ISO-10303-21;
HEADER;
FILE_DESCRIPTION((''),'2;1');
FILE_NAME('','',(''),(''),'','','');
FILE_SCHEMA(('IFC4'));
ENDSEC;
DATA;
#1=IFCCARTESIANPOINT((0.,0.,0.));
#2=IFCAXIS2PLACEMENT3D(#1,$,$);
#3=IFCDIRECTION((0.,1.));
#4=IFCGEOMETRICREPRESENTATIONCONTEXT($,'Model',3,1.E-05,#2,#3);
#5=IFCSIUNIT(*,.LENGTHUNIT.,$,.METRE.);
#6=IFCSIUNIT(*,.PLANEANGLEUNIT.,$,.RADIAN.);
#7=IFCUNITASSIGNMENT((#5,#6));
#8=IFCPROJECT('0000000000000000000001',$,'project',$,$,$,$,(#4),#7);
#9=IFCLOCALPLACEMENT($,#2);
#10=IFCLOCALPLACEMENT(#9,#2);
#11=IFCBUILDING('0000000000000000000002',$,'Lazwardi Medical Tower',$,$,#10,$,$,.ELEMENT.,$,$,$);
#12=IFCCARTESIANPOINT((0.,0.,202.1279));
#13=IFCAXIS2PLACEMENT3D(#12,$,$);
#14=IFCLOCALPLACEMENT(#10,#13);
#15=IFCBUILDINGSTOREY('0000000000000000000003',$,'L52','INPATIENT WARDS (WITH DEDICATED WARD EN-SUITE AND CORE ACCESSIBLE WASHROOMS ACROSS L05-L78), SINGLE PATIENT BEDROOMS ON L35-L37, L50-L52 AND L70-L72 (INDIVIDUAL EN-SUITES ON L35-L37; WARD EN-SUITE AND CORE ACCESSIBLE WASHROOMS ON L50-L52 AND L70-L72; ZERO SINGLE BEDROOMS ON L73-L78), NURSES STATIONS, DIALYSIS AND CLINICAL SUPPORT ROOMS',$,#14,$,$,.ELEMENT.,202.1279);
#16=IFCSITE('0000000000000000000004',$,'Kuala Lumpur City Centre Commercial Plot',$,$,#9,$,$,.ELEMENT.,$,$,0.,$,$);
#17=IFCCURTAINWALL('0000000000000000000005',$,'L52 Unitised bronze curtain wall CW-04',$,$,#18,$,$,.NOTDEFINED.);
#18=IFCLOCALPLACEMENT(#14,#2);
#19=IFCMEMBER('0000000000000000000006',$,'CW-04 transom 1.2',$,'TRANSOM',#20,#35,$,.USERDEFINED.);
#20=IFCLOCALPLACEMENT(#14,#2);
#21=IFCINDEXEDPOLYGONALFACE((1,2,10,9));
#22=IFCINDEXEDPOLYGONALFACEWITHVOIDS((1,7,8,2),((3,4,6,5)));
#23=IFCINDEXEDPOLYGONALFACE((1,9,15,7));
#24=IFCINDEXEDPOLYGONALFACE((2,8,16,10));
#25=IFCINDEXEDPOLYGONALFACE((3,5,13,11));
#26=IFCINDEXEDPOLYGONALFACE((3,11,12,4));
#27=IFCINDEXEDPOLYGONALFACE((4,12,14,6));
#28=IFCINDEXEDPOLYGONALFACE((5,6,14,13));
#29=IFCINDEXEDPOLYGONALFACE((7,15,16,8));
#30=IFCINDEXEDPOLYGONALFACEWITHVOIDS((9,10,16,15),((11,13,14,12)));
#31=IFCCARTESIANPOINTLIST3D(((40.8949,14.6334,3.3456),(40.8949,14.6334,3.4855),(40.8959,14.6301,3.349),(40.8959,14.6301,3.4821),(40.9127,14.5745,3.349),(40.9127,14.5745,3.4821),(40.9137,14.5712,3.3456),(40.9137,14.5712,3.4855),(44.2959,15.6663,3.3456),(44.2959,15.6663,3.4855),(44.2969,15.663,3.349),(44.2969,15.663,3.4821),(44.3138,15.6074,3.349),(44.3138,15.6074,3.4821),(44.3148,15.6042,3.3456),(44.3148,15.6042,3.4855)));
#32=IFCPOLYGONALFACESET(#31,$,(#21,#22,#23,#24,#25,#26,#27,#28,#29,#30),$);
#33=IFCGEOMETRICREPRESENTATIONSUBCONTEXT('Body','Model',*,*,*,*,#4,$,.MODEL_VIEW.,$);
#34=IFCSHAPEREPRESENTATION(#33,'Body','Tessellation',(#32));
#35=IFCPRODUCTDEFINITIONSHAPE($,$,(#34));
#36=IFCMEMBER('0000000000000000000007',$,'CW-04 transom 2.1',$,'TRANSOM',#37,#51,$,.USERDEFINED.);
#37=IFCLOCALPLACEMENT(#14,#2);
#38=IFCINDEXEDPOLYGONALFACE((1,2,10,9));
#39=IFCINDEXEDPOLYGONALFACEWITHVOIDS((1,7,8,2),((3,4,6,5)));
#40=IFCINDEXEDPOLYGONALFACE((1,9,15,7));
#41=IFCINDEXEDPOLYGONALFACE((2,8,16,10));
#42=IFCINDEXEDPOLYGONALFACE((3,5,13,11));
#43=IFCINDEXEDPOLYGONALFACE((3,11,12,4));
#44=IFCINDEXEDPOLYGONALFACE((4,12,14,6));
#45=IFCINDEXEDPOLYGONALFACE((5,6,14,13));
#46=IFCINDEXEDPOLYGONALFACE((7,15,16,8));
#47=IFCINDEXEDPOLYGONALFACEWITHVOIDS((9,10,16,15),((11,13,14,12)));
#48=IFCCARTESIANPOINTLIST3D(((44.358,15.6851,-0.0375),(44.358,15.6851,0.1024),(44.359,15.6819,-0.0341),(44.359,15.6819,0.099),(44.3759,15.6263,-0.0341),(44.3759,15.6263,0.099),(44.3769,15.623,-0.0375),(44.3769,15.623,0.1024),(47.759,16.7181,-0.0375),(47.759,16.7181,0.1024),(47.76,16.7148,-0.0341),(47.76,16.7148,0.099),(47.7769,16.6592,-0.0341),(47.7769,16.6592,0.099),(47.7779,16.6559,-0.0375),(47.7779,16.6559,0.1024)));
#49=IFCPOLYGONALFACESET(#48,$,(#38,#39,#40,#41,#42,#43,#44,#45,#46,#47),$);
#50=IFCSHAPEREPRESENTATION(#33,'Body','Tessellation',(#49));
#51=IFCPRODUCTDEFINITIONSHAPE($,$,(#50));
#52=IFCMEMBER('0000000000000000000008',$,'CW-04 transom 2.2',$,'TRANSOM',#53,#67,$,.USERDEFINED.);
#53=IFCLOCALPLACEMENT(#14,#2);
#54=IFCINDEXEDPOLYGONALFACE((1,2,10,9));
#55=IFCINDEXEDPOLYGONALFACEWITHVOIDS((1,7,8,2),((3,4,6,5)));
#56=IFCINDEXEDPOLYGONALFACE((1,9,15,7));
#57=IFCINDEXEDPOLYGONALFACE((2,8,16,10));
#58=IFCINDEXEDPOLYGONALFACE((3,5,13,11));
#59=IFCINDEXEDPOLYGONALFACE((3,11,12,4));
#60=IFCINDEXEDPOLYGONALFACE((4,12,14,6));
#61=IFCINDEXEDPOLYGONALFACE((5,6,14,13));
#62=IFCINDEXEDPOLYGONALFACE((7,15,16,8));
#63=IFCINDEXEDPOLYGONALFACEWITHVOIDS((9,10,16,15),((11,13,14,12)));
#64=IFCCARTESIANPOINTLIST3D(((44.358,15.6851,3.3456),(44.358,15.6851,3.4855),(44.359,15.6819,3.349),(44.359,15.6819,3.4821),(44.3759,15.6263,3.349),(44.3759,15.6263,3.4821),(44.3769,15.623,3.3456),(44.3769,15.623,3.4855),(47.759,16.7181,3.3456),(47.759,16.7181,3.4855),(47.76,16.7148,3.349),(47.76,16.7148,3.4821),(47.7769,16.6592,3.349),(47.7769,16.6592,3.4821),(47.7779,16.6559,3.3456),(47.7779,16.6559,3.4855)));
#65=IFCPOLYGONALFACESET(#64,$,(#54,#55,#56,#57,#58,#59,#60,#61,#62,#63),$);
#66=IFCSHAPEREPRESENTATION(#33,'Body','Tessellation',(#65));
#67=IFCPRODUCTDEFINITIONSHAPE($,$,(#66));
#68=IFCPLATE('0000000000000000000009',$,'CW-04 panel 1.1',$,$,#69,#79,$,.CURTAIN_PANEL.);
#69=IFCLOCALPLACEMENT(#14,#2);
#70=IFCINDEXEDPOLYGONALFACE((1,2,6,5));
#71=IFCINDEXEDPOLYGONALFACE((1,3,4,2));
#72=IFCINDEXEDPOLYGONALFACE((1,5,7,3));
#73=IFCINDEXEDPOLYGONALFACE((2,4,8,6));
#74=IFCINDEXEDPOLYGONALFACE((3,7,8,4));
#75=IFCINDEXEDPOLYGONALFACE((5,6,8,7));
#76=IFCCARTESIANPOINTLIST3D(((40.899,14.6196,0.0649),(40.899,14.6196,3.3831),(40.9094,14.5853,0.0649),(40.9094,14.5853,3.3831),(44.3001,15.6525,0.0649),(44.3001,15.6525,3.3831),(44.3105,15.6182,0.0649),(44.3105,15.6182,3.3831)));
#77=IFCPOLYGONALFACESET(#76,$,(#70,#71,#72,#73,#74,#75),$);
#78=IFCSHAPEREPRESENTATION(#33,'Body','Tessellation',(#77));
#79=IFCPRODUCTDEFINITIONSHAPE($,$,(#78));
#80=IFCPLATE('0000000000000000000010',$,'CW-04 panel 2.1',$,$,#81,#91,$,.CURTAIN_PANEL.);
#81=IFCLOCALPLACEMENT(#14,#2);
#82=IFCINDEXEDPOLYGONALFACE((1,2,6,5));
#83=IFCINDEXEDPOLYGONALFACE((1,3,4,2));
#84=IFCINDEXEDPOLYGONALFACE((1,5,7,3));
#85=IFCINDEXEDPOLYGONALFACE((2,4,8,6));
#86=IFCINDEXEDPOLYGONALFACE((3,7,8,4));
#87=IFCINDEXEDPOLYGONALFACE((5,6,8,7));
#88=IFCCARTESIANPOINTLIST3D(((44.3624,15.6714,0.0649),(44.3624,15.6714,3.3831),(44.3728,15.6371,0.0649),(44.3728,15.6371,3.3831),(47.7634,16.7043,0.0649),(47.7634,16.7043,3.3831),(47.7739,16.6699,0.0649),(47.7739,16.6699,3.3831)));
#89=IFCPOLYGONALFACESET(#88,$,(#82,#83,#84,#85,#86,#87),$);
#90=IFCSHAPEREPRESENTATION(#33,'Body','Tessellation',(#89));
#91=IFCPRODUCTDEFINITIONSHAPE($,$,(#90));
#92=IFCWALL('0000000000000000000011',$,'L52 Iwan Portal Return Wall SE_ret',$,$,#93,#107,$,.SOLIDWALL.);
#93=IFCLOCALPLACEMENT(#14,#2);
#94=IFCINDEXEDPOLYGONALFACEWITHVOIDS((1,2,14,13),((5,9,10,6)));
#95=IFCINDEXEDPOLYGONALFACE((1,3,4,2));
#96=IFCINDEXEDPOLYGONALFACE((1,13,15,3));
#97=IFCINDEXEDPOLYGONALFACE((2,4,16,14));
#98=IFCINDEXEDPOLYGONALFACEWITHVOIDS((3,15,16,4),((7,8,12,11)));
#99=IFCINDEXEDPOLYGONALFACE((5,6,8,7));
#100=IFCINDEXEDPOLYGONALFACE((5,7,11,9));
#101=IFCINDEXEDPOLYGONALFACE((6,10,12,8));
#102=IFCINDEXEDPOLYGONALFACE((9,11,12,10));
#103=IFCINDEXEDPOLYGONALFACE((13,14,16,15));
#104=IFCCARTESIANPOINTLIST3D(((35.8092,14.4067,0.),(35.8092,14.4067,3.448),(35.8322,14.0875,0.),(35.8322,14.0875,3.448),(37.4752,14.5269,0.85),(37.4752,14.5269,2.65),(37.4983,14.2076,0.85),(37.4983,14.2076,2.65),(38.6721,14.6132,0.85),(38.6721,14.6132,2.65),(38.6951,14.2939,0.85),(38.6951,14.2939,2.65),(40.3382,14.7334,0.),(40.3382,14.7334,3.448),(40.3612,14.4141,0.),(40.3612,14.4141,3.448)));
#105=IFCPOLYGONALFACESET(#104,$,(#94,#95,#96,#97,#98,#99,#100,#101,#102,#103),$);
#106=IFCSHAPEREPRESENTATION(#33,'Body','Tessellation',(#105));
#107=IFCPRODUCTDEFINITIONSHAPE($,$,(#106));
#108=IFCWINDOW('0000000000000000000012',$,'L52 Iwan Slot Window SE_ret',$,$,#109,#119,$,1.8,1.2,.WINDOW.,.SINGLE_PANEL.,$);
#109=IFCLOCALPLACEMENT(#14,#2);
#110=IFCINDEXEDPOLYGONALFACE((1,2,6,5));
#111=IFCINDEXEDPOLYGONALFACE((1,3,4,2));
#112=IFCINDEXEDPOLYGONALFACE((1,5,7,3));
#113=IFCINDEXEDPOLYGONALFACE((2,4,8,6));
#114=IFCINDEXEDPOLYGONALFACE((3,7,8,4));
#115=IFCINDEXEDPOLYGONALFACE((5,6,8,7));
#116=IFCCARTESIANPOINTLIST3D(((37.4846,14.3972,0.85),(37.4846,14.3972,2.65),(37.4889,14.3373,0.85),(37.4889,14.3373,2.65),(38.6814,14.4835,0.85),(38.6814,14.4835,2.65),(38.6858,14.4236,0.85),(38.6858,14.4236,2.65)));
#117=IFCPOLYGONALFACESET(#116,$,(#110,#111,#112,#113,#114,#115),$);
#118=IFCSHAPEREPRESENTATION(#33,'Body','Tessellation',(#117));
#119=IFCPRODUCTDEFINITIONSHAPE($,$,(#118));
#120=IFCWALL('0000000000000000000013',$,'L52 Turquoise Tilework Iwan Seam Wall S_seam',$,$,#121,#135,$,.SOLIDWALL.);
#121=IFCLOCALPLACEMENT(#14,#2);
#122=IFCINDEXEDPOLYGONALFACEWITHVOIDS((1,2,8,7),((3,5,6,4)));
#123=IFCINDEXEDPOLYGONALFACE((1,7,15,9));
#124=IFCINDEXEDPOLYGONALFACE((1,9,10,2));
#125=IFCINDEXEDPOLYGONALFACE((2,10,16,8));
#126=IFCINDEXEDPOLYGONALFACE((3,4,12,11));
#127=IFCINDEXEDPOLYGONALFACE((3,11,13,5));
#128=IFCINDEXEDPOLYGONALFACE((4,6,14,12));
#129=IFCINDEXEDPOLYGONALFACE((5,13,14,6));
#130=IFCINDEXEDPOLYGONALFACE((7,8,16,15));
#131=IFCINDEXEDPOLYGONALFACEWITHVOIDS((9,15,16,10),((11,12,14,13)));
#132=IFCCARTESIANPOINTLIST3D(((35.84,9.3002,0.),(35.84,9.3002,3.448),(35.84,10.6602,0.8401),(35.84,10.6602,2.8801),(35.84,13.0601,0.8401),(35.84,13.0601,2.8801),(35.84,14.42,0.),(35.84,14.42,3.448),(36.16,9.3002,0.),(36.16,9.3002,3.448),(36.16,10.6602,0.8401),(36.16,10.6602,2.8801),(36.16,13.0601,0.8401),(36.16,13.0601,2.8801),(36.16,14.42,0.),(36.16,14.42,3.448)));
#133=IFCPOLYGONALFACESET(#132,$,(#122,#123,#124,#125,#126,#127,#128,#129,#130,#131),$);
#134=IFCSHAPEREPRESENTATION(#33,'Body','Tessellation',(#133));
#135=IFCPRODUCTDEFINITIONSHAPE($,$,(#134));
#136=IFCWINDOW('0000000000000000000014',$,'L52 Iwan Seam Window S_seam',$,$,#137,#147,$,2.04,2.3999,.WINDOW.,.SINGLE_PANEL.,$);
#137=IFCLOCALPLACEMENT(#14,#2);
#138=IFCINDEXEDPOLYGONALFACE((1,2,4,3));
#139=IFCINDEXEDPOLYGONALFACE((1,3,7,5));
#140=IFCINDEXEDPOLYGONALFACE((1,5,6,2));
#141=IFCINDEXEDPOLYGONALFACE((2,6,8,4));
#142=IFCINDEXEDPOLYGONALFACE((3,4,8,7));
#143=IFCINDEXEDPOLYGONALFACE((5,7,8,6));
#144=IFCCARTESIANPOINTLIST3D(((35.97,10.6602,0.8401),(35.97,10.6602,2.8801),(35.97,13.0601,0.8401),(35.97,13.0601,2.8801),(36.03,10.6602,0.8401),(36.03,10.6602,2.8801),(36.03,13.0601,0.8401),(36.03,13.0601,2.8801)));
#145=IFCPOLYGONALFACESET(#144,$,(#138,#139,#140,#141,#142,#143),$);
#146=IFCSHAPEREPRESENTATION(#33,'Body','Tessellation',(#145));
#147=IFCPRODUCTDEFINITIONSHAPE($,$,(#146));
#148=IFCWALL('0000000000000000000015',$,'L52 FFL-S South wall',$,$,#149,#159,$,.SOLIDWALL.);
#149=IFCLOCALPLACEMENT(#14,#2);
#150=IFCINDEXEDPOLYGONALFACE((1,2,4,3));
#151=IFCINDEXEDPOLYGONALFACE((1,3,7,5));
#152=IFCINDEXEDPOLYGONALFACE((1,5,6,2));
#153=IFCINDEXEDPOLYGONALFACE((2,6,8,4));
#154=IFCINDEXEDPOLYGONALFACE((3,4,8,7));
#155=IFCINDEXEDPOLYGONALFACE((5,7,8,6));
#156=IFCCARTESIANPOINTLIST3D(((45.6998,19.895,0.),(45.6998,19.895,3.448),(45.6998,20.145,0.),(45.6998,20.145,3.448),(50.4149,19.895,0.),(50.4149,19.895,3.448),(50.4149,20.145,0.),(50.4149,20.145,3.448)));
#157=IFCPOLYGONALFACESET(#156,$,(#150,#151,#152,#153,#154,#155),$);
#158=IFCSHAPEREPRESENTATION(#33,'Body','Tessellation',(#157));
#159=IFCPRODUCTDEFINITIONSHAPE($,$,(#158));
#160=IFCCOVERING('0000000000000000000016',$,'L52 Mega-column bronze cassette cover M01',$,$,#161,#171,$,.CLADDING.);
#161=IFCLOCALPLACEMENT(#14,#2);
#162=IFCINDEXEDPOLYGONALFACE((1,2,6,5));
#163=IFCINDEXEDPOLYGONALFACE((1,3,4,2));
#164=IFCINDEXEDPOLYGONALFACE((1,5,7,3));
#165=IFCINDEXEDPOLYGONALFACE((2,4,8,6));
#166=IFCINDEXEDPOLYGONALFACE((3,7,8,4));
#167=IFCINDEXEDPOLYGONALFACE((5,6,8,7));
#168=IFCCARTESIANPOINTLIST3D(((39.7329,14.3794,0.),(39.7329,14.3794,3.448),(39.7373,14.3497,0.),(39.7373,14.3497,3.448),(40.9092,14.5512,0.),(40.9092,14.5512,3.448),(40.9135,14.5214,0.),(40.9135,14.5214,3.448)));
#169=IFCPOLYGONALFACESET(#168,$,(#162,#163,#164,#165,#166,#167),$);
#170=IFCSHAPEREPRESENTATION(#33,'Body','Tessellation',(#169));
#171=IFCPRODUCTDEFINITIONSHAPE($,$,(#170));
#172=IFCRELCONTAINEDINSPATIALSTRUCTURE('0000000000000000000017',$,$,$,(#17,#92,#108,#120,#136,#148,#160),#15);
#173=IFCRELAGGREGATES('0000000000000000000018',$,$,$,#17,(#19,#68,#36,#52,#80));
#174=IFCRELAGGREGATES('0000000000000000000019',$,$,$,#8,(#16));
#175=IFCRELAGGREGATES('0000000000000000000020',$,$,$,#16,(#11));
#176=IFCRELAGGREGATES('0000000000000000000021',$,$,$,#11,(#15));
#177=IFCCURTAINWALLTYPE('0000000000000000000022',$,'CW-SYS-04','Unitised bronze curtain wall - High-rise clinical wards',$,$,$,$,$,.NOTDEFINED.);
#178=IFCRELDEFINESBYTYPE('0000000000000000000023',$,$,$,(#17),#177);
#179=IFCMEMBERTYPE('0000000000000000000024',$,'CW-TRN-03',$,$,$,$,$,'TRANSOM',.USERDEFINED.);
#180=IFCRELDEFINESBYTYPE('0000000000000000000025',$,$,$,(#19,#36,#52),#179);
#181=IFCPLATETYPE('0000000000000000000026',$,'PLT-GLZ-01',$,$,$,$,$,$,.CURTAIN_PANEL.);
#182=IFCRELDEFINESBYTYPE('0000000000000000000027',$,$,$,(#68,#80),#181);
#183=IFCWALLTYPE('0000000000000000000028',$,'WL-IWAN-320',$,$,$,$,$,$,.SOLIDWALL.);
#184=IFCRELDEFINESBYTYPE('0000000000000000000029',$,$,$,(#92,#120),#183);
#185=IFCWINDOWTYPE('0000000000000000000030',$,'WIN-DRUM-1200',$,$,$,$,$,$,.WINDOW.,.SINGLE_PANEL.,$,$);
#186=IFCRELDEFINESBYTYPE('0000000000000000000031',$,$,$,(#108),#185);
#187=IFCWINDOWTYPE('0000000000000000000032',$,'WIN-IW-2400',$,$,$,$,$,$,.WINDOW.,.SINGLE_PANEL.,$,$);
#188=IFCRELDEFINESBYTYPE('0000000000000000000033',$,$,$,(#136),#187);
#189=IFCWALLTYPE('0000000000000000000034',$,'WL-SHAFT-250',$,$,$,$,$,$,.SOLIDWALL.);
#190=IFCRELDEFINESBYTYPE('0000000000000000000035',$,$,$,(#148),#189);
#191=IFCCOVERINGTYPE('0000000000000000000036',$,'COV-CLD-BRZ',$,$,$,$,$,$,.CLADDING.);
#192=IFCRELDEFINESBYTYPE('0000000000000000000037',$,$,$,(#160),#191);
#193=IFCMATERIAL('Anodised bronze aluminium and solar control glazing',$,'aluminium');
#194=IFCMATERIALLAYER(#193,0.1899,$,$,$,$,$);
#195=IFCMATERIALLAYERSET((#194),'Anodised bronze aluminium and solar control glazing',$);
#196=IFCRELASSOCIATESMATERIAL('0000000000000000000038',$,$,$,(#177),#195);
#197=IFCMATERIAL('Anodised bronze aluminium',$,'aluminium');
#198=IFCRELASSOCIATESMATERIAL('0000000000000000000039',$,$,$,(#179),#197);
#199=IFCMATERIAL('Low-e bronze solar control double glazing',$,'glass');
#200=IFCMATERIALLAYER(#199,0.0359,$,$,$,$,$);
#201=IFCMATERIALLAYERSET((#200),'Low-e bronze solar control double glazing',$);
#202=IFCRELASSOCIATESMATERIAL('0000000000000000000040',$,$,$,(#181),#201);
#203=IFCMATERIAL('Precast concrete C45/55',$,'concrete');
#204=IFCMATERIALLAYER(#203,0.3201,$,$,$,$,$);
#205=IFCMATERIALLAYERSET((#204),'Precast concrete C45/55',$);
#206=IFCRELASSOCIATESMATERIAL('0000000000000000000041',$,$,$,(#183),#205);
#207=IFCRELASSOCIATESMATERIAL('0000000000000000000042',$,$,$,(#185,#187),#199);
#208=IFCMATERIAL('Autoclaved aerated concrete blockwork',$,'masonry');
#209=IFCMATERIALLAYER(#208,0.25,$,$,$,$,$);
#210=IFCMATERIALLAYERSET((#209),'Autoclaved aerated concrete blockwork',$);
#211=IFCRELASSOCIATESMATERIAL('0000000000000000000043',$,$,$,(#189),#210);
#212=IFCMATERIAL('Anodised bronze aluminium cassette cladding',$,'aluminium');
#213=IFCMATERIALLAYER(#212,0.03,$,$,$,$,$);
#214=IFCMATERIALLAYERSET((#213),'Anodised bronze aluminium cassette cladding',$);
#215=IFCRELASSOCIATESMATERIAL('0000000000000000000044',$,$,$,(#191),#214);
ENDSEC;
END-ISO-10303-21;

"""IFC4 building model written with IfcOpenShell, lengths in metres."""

from ifc_helpers import new_model, si_unit, direction, frame, frame_2d, origin, origin_2d, place, context, subcontext, project, spatial, rectangle, hollow_rectangle, extrude, material, layer, layer_set, material_profile, profile_set, type_object, element, fill, aggregate, save


model = new_model("IFC4")

# Units and contexts
model_context = context("Model", 3, precision=1e-05, world=origin(), true_north=direction((0.0, 1.0)))
body_context = subcontext(model_context, "Body", "Model", "MODEL_VIEW")
ifc_project = project(units=[si_unit("LENGTHUNIT", "METRE"), si_unit("PLANEANGLEUNIT", "RADIAN")], contexts=[model_context])

# Site, building, storey
site_placement = place(None, origin())
site = spatial("IfcSite", under=ifc_project, at=site_placement, Name="Kuala Lumpur City Centre Commercial Plot", CompositionType="ELEMENT", RefElevation=0.0)
building_placement = place(site_placement, origin())
building = spatial("IfcBuilding", under=site, at=building_placement, Name="Lazwardi Medical Tower", CompositionType="ELEMENT")
storey_placement = place(building_placement, frame((0.0, 0.0, 202.1279)))
storey = spatial("IfcBuildingStorey", under=building, at=storey_placement, Name="L52", Description="INPATIENT WARDS (WITH DEDICATED WARD EN-SUITE AND CORE ACCESSIBLE WASHROOMS ACROSS L05-L78), SINGLE PATIENT BEDROOMS ON L35-L37, L50-L52 AND L70-L72 (INDIVIDUAL EN-SUITES ON L35-L37; WARD EN-SUITE AND CORE ACCESSIBLE WASHROOMS ON L50-L52 AND L70-L72; ZERO SINGLE BEDROOMS ON L73-L78), NURSES STATIONS, DIALYSIS AND CLINICAL SUPPORT ROOMS", CompositionType="ELEMENT", Elevation=202.1279)

# Curtain wall, members, plates
ifc_material_1 = material(Name="Anodised bronze aluminium and solar control glazing", Category="aluminium")
ifc_layer_1 = layer(ifc_material_1, 0.1899)
ifc_layer_set_1 = layer_set([ifc_layer_1], Name="Anodised bronze aluminium and solar control glazing")
curtain_wall_type = type_object("IfcCurtainWallType", Name="CW-SYS-04", Description="Unitised bronze curtain wall - High-rise clinical wards", PredefinedType="NOTDEFINED", material=ifc_layer_set_1)
curtain_wall_placement = place(storey_placement, origin())
curtain_wall = element("IfcCurtainWall", 1, at=curtain_wall_placement, inside=storey, type_object=curtain_wall_type, Name="L52 Unitised bronze curtain wall CW-04", PredefinedType="NOTDEFINED")
ifc_material_2 = material(Name="Anodised bronze aluminium", Category="aluminium")
ifc_material_profile_1 = material_profile(ifc_material_2, hollow_rectangle(XDim=0.0649, YDim=0.1399, WallThickness=0.0034, at=origin_2d()), Name="ALU-TRANSOM 140x65x3.5")
ifc_profile_set_1 = profile_set([ifc_material_profile_1], Name="Anodised bronze aluminium")
member_type_1 = type_object("IfcMemberType", Name="CW-TRN-03", ElementType="TRANSOM", PredefinedType="USERDEFINED", material=ifc_profile_set_1)
member_1_placement = place(storey_placement, frame((40.9043, 14.6023, 3.4155), z_axis=(0.956843, 0.290604, 0.0), x_axis=(-0.290604, 0.956843, 0.0)))
member_1 = element("IfcMember", 2, at=member_1_placement, type_object=member_type_1, Name="CW-04 transom 1.2", ObjectType="TRANSOM", PredefinedType="USERDEFINED", context=body_context, shape_type="SweptSolid", body=[
    extrude(hollow_rectangle(XDim=0.0649, YDim=0.1399, WallThickness=0.0034, at=origin_2d()), origin(), (0.0, 0.0, 1.0), 3.5544),
])
member_2_placement = place(storey_placement, frame((44.3674, 15.6541, 0.0325), z_axis=(0.956843, 0.290604, 0.0), x_axis=(-0.290604, 0.956843, 0.0)))
member_2 = element("IfcMember", 3, at=member_2_placement, type_object=member_type_1, Name="CW-04 transom 2.1", ObjectType="TRANSOM", PredefinedType="USERDEFINED", context=body_context, shape_type="SweptSolid", body=[
    extrude(hollow_rectangle(XDim=0.0649, YDim=0.1399, WallThickness=0.0034, at=origin_2d()), origin(), (0.0, 0.0, 1.0), 3.5544),
])
member_3_placement = place(storey_placement, frame((44.3674, 15.6541, 3.4155), z_axis=(0.956843, 0.290604, 0.0), x_axis=(-0.290604, 0.956843, 0.0)))
member_3 = element("IfcMember", 4, at=member_3_placement, type_object=member_type_1, Name="CW-04 transom 2.2", ObjectType="TRANSOM", PredefinedType="USERDEFINED", context=body_context, shape_type="SweptSolid", body=[
    extrude(hollow_rectangle(XDim=0.0649, YDim=0.1399, WallThickness=0.0034, at=origin_2d()), origin(), (0.0, 0.0, 1.0), 3.5544),
])
ifc_material_3 = material(Name="Low-e bronze solar control double glazing", Category="glass")
ifc_layer_2 = layer(ifc_material_3, 0.0359)
ifc_layer_set_2 = layer_set([ifc_layer_2], Name="Low-e bronze solar control double glazing")
plate_type = type_object("IfcPlateType", Name="PLT-GLZ-01", PredefinedType="CURTAIN_PANEL", material=ifc_layer_set_2)
plate_1_placement = place(storey_placement, frame((42.6047, 15.1189, 0.0649), z_axis=(0.0, 0.0, 1.0), x_axis=(0.95685, 0.290582, 0.0)))
plate_1 = element("IfcPlate", 5, at=plate_1_placement, type_object=plate_type, Name="CW-04 panel 1.1", PredefinedType="CURTAIN_PANEL", context=body_context, shape_type="SweptSolid", body=[
    extrude(rectangle(XDim=3.5544, YDim=0.0359, at=origin_2d()), origin(), (0.0, 0.0, 1.0), 3.3181),
])
plate_2_placement = place(storey_placement, frame((46.0681, 16.1707, 0.0649), z_axis=(0.0, 0.0, 1.0), x_axis=(0.95685, 0.290582, 0.0)))
plate_2 = element("IfcPlate", 6, at=plate_2_placement, type_object=plate_type, Name="CW-04 panel 2.1", PredefinedType="CURTAIN_PANEL", context=body_context, shape_type="SweptSolid", body=[
    extrude(rectangle(XDim=3.5544, YDim=0.0359, at=origin_2d()), origin(), (0.0, 0.0, 1.0), 3.3181),
])
aggregate(curtain_wall, [member_1, plate_1, member_2, member_3, plate_2])

# Walls, openings, windows
ifc_material_4 = material(Name="Precast concrete C45/55", Category="concrete")
ifc_layer_3 = layer(ifc_material_4, 0.3201)
ifc_layer_set_3 = layer_set([ifc_layer_3], Name="Precast concrete C45/55")
wall_type_1 = type_object("IfcWallType", Name="WL-IWAN-320", PredefinedType="SOLIDWALL", material=ifc_layer_set_3)
wall_1_placement = place(storey_placement, frame((35.8206, 14.2471, 0.0), z_axis=(0.0, 0.0, 1.0), x_axis=(0.997409, 0.071939, 0.0)))
wall_1 = element("IfcWall", 7, at=wall_1_placement, inside=storey, type_object=wall_type_1, Name="L52 Iwan Portal Return Wall SE_ret", PredefinedType="SOLIDWALL", context=body_context, shape_type="SweptSolid", body=[
    extrude(rectangle(XDim=4.5408, YDim=0.3201, at=frame_2d((2.2705, 0.0))), origin(), (0.0, 0.0, 1.0), 3.448),
])
opening_1_placement = place(wall_1_placement, frame((1.6704, 0.0, 0.8501)))
opening_1 = element("IfcOpeningElement", 8, at=opening_1_placement, cuts=wall_1, PredefinedType="OPENING", context=body_context, shape_type="SweptSolid", body=[
    extrude(rectangle(XDim=1.2, YDim=1.8, at=frame_2d((0.6001, 0.8999))), frame((0.0, 0.1699, 0.0), z_axis=(0.0, -1.0, 0.0), x_axis=(1.0, 0.0, 0.0)), (0.0, 0.0, 1.0), 0.3401),
])
window_type_1 = type_object("IfcWindowType", Name="WIN-DRUM-1200", PartitioningType="SINGLE_PANEL", PredefinedType="WINDOW", material=ifc_material_3)
window_1_placement = place(opening_1_placement, origin())
window_1 = element("IfcWindow", 9, at=window_1_placement, inside=storey, type_object=window_type_1, Name="L52 Iwan Slot Window SE_ret", OverallHeight=1.8, OverallWidth=1.2, PartitioningType="SINGLE_PANEL", PredefinedType="WINDOW", context=body_context, shape_type="SweptSolid", body=[
    extrude(rectangle(XDim=1.2, YDim=1.8, at=frame_2d((0.6001, 0.8999))), frame((0.0, 0.03, 0.0), z_axis=(0.0, -1.0, 0.0), x_axis=(1.0, 0.0, 0.0)), (0.0, 0.0, 1.0), 0.0601),
])
fill(opening_1, window_1)
wall_2_placement = place(storey_placement, frame((36.0, 9.3, 0.0), z_axis=(0.0, 0.0, 1.0), x_axis=(0.0, 1.0, 0.0)))
wall_2 = element("IfcWall", 10, at=wall_2_placement, inside=storey, type_object=wall_type_1, Name="L52 Turquoise Tilework Iwan Seam Wall S_seam", PredefinedType="SOLIDWALL", context=body_context, shape_type="SweptSolid", body=[
    extrude(rectangle(XDim=5.1199, YDim=0.3201, at=frame_2d((2.5601, 0.0))), origin(), (0.0, 0.0, 1.0), 3.448),
])
opening_2_placement = place(wall_2_placement, frame((1.3601, 0.0, 0.8401)))
opening_2 = element("IfcOpeningElement", 11, at=opening_2_placement, cuts=wall_2, PredefinedType="OPENING", context=body_context, shape_type="SweptSolid", body=[
    extrude(rectangle(XDim=2.3999, YDim=2.04, at=frame_2d((1.2, 1.02))), frame((0.0, 0.1699, 0.0), z_axis=(0.0, -1.0, 0.0), x_axis=(1.0, 0.0, 0.0)), (0.0, 0.0, 1.0), 0.3401),
])
window_type_2 = type_object("IfcWindowType", Name="WIN-IW-2400", PartitioningType="SINGLE_PANEL", PredefinedType="WINDOW", material=ifc_material_3)
window_2_placement = place(opening_2_placement, origin())
window_2 = element("IfcWindow", 12, at=window_2_placement, inside=storey, type_object=window_type_2, Name="L52 Iwan Seam Window S_seam", OverallHeight=2.04, OverallWidth=2.3999, PartitioningType="SINGLE_PANEL", PredefinedType="WINDOW", context=body_context, shape_type="SweptSolid", body=[
    extrude(rectangle(XDim=2.3999, YDim=2.04, at=frame_2d((1.2, 1.02))), frame((0.0, 0.03, 0.0), z_axis=(0.0, -1.0, 0.0), x_axis=(1.0, 0.0, 0.0)), (0.0, 0.0, 1.0), 0.0601),
])
fill(opening_2, window_2)

# Wall
ifc_material_5 = material(Name="Autoclaved aerated concrete blockwork", Category="masonry")
ifc_layer_4 = layer(ifc_material_5, 0.25)
ifc_layer_set_4 = layer_set([ifc_layer_4], Name="Autoclaved aerated concrete blockwork")
wall_type_2 = type_object("IfcWallType", Name="WL-SHAFT-250", PredefinedType="SOLIDWALL", material=ifc_layer_set_4)
wall_3_placement = place(storey_placement, frame((45.7, 20.02, 0.0), z_axis=(0.0, 0.0, 1.0), x_axis=(1.0, 0.0, 0.0)))
element("IfcWall", 13, at=wall_3_placement, inside=storey, type_object=wall_type_2, Name="L52 FFL-S South wall", PredefinedType="SOLIDWALL", context=body_context, shape_type="SweptSolid", body=[
    extrude(rectangle(XDim=4.7151, YDim=0.25, at=frame_2d((2.3574, 0.0))), origin(), (0.0, 0.0, 1.0), 3.448),
])

# Covering
ifc_material_6 = material(Name="Anodised bronze aluminium cassette cladding", Category="aluminium")
ifc_layer_5 = layer(ifc_material_6, 0.03)
ifc_layer_set_5 = layer_set([ifc_layer_5], Name="Anodised bronze aluminium cassette cladding")
covering_type_1 = type_object("IfcCoveringType", Name="COV-CLD-BRZ", PredefinedType="CLADDING", material=ifc_layer_set_5)
covering_1_placement = place(storey_placement, frame((40.3232, 14.4504, 0.0), z_axis=(0.0, 0.0, 1.0), x_axis=(0.989512, 0.144448, 0.0)))
element("IfcCovering", 14, at=covering_1_placement, inside=storey, type_object=covering_type_1, Name="L52 Mega-column bronze cassette cover M01", PredefinedType="CLADDING", context=body_context, shape_type="SweptSolid", body=[
    extrude(rectangle(XDim=1.1887, YDim=0.03, at=origin_2d()), origin(), (0.0, 0.0, 1.0), 3.448),
])

save(model, "model.ifc")
